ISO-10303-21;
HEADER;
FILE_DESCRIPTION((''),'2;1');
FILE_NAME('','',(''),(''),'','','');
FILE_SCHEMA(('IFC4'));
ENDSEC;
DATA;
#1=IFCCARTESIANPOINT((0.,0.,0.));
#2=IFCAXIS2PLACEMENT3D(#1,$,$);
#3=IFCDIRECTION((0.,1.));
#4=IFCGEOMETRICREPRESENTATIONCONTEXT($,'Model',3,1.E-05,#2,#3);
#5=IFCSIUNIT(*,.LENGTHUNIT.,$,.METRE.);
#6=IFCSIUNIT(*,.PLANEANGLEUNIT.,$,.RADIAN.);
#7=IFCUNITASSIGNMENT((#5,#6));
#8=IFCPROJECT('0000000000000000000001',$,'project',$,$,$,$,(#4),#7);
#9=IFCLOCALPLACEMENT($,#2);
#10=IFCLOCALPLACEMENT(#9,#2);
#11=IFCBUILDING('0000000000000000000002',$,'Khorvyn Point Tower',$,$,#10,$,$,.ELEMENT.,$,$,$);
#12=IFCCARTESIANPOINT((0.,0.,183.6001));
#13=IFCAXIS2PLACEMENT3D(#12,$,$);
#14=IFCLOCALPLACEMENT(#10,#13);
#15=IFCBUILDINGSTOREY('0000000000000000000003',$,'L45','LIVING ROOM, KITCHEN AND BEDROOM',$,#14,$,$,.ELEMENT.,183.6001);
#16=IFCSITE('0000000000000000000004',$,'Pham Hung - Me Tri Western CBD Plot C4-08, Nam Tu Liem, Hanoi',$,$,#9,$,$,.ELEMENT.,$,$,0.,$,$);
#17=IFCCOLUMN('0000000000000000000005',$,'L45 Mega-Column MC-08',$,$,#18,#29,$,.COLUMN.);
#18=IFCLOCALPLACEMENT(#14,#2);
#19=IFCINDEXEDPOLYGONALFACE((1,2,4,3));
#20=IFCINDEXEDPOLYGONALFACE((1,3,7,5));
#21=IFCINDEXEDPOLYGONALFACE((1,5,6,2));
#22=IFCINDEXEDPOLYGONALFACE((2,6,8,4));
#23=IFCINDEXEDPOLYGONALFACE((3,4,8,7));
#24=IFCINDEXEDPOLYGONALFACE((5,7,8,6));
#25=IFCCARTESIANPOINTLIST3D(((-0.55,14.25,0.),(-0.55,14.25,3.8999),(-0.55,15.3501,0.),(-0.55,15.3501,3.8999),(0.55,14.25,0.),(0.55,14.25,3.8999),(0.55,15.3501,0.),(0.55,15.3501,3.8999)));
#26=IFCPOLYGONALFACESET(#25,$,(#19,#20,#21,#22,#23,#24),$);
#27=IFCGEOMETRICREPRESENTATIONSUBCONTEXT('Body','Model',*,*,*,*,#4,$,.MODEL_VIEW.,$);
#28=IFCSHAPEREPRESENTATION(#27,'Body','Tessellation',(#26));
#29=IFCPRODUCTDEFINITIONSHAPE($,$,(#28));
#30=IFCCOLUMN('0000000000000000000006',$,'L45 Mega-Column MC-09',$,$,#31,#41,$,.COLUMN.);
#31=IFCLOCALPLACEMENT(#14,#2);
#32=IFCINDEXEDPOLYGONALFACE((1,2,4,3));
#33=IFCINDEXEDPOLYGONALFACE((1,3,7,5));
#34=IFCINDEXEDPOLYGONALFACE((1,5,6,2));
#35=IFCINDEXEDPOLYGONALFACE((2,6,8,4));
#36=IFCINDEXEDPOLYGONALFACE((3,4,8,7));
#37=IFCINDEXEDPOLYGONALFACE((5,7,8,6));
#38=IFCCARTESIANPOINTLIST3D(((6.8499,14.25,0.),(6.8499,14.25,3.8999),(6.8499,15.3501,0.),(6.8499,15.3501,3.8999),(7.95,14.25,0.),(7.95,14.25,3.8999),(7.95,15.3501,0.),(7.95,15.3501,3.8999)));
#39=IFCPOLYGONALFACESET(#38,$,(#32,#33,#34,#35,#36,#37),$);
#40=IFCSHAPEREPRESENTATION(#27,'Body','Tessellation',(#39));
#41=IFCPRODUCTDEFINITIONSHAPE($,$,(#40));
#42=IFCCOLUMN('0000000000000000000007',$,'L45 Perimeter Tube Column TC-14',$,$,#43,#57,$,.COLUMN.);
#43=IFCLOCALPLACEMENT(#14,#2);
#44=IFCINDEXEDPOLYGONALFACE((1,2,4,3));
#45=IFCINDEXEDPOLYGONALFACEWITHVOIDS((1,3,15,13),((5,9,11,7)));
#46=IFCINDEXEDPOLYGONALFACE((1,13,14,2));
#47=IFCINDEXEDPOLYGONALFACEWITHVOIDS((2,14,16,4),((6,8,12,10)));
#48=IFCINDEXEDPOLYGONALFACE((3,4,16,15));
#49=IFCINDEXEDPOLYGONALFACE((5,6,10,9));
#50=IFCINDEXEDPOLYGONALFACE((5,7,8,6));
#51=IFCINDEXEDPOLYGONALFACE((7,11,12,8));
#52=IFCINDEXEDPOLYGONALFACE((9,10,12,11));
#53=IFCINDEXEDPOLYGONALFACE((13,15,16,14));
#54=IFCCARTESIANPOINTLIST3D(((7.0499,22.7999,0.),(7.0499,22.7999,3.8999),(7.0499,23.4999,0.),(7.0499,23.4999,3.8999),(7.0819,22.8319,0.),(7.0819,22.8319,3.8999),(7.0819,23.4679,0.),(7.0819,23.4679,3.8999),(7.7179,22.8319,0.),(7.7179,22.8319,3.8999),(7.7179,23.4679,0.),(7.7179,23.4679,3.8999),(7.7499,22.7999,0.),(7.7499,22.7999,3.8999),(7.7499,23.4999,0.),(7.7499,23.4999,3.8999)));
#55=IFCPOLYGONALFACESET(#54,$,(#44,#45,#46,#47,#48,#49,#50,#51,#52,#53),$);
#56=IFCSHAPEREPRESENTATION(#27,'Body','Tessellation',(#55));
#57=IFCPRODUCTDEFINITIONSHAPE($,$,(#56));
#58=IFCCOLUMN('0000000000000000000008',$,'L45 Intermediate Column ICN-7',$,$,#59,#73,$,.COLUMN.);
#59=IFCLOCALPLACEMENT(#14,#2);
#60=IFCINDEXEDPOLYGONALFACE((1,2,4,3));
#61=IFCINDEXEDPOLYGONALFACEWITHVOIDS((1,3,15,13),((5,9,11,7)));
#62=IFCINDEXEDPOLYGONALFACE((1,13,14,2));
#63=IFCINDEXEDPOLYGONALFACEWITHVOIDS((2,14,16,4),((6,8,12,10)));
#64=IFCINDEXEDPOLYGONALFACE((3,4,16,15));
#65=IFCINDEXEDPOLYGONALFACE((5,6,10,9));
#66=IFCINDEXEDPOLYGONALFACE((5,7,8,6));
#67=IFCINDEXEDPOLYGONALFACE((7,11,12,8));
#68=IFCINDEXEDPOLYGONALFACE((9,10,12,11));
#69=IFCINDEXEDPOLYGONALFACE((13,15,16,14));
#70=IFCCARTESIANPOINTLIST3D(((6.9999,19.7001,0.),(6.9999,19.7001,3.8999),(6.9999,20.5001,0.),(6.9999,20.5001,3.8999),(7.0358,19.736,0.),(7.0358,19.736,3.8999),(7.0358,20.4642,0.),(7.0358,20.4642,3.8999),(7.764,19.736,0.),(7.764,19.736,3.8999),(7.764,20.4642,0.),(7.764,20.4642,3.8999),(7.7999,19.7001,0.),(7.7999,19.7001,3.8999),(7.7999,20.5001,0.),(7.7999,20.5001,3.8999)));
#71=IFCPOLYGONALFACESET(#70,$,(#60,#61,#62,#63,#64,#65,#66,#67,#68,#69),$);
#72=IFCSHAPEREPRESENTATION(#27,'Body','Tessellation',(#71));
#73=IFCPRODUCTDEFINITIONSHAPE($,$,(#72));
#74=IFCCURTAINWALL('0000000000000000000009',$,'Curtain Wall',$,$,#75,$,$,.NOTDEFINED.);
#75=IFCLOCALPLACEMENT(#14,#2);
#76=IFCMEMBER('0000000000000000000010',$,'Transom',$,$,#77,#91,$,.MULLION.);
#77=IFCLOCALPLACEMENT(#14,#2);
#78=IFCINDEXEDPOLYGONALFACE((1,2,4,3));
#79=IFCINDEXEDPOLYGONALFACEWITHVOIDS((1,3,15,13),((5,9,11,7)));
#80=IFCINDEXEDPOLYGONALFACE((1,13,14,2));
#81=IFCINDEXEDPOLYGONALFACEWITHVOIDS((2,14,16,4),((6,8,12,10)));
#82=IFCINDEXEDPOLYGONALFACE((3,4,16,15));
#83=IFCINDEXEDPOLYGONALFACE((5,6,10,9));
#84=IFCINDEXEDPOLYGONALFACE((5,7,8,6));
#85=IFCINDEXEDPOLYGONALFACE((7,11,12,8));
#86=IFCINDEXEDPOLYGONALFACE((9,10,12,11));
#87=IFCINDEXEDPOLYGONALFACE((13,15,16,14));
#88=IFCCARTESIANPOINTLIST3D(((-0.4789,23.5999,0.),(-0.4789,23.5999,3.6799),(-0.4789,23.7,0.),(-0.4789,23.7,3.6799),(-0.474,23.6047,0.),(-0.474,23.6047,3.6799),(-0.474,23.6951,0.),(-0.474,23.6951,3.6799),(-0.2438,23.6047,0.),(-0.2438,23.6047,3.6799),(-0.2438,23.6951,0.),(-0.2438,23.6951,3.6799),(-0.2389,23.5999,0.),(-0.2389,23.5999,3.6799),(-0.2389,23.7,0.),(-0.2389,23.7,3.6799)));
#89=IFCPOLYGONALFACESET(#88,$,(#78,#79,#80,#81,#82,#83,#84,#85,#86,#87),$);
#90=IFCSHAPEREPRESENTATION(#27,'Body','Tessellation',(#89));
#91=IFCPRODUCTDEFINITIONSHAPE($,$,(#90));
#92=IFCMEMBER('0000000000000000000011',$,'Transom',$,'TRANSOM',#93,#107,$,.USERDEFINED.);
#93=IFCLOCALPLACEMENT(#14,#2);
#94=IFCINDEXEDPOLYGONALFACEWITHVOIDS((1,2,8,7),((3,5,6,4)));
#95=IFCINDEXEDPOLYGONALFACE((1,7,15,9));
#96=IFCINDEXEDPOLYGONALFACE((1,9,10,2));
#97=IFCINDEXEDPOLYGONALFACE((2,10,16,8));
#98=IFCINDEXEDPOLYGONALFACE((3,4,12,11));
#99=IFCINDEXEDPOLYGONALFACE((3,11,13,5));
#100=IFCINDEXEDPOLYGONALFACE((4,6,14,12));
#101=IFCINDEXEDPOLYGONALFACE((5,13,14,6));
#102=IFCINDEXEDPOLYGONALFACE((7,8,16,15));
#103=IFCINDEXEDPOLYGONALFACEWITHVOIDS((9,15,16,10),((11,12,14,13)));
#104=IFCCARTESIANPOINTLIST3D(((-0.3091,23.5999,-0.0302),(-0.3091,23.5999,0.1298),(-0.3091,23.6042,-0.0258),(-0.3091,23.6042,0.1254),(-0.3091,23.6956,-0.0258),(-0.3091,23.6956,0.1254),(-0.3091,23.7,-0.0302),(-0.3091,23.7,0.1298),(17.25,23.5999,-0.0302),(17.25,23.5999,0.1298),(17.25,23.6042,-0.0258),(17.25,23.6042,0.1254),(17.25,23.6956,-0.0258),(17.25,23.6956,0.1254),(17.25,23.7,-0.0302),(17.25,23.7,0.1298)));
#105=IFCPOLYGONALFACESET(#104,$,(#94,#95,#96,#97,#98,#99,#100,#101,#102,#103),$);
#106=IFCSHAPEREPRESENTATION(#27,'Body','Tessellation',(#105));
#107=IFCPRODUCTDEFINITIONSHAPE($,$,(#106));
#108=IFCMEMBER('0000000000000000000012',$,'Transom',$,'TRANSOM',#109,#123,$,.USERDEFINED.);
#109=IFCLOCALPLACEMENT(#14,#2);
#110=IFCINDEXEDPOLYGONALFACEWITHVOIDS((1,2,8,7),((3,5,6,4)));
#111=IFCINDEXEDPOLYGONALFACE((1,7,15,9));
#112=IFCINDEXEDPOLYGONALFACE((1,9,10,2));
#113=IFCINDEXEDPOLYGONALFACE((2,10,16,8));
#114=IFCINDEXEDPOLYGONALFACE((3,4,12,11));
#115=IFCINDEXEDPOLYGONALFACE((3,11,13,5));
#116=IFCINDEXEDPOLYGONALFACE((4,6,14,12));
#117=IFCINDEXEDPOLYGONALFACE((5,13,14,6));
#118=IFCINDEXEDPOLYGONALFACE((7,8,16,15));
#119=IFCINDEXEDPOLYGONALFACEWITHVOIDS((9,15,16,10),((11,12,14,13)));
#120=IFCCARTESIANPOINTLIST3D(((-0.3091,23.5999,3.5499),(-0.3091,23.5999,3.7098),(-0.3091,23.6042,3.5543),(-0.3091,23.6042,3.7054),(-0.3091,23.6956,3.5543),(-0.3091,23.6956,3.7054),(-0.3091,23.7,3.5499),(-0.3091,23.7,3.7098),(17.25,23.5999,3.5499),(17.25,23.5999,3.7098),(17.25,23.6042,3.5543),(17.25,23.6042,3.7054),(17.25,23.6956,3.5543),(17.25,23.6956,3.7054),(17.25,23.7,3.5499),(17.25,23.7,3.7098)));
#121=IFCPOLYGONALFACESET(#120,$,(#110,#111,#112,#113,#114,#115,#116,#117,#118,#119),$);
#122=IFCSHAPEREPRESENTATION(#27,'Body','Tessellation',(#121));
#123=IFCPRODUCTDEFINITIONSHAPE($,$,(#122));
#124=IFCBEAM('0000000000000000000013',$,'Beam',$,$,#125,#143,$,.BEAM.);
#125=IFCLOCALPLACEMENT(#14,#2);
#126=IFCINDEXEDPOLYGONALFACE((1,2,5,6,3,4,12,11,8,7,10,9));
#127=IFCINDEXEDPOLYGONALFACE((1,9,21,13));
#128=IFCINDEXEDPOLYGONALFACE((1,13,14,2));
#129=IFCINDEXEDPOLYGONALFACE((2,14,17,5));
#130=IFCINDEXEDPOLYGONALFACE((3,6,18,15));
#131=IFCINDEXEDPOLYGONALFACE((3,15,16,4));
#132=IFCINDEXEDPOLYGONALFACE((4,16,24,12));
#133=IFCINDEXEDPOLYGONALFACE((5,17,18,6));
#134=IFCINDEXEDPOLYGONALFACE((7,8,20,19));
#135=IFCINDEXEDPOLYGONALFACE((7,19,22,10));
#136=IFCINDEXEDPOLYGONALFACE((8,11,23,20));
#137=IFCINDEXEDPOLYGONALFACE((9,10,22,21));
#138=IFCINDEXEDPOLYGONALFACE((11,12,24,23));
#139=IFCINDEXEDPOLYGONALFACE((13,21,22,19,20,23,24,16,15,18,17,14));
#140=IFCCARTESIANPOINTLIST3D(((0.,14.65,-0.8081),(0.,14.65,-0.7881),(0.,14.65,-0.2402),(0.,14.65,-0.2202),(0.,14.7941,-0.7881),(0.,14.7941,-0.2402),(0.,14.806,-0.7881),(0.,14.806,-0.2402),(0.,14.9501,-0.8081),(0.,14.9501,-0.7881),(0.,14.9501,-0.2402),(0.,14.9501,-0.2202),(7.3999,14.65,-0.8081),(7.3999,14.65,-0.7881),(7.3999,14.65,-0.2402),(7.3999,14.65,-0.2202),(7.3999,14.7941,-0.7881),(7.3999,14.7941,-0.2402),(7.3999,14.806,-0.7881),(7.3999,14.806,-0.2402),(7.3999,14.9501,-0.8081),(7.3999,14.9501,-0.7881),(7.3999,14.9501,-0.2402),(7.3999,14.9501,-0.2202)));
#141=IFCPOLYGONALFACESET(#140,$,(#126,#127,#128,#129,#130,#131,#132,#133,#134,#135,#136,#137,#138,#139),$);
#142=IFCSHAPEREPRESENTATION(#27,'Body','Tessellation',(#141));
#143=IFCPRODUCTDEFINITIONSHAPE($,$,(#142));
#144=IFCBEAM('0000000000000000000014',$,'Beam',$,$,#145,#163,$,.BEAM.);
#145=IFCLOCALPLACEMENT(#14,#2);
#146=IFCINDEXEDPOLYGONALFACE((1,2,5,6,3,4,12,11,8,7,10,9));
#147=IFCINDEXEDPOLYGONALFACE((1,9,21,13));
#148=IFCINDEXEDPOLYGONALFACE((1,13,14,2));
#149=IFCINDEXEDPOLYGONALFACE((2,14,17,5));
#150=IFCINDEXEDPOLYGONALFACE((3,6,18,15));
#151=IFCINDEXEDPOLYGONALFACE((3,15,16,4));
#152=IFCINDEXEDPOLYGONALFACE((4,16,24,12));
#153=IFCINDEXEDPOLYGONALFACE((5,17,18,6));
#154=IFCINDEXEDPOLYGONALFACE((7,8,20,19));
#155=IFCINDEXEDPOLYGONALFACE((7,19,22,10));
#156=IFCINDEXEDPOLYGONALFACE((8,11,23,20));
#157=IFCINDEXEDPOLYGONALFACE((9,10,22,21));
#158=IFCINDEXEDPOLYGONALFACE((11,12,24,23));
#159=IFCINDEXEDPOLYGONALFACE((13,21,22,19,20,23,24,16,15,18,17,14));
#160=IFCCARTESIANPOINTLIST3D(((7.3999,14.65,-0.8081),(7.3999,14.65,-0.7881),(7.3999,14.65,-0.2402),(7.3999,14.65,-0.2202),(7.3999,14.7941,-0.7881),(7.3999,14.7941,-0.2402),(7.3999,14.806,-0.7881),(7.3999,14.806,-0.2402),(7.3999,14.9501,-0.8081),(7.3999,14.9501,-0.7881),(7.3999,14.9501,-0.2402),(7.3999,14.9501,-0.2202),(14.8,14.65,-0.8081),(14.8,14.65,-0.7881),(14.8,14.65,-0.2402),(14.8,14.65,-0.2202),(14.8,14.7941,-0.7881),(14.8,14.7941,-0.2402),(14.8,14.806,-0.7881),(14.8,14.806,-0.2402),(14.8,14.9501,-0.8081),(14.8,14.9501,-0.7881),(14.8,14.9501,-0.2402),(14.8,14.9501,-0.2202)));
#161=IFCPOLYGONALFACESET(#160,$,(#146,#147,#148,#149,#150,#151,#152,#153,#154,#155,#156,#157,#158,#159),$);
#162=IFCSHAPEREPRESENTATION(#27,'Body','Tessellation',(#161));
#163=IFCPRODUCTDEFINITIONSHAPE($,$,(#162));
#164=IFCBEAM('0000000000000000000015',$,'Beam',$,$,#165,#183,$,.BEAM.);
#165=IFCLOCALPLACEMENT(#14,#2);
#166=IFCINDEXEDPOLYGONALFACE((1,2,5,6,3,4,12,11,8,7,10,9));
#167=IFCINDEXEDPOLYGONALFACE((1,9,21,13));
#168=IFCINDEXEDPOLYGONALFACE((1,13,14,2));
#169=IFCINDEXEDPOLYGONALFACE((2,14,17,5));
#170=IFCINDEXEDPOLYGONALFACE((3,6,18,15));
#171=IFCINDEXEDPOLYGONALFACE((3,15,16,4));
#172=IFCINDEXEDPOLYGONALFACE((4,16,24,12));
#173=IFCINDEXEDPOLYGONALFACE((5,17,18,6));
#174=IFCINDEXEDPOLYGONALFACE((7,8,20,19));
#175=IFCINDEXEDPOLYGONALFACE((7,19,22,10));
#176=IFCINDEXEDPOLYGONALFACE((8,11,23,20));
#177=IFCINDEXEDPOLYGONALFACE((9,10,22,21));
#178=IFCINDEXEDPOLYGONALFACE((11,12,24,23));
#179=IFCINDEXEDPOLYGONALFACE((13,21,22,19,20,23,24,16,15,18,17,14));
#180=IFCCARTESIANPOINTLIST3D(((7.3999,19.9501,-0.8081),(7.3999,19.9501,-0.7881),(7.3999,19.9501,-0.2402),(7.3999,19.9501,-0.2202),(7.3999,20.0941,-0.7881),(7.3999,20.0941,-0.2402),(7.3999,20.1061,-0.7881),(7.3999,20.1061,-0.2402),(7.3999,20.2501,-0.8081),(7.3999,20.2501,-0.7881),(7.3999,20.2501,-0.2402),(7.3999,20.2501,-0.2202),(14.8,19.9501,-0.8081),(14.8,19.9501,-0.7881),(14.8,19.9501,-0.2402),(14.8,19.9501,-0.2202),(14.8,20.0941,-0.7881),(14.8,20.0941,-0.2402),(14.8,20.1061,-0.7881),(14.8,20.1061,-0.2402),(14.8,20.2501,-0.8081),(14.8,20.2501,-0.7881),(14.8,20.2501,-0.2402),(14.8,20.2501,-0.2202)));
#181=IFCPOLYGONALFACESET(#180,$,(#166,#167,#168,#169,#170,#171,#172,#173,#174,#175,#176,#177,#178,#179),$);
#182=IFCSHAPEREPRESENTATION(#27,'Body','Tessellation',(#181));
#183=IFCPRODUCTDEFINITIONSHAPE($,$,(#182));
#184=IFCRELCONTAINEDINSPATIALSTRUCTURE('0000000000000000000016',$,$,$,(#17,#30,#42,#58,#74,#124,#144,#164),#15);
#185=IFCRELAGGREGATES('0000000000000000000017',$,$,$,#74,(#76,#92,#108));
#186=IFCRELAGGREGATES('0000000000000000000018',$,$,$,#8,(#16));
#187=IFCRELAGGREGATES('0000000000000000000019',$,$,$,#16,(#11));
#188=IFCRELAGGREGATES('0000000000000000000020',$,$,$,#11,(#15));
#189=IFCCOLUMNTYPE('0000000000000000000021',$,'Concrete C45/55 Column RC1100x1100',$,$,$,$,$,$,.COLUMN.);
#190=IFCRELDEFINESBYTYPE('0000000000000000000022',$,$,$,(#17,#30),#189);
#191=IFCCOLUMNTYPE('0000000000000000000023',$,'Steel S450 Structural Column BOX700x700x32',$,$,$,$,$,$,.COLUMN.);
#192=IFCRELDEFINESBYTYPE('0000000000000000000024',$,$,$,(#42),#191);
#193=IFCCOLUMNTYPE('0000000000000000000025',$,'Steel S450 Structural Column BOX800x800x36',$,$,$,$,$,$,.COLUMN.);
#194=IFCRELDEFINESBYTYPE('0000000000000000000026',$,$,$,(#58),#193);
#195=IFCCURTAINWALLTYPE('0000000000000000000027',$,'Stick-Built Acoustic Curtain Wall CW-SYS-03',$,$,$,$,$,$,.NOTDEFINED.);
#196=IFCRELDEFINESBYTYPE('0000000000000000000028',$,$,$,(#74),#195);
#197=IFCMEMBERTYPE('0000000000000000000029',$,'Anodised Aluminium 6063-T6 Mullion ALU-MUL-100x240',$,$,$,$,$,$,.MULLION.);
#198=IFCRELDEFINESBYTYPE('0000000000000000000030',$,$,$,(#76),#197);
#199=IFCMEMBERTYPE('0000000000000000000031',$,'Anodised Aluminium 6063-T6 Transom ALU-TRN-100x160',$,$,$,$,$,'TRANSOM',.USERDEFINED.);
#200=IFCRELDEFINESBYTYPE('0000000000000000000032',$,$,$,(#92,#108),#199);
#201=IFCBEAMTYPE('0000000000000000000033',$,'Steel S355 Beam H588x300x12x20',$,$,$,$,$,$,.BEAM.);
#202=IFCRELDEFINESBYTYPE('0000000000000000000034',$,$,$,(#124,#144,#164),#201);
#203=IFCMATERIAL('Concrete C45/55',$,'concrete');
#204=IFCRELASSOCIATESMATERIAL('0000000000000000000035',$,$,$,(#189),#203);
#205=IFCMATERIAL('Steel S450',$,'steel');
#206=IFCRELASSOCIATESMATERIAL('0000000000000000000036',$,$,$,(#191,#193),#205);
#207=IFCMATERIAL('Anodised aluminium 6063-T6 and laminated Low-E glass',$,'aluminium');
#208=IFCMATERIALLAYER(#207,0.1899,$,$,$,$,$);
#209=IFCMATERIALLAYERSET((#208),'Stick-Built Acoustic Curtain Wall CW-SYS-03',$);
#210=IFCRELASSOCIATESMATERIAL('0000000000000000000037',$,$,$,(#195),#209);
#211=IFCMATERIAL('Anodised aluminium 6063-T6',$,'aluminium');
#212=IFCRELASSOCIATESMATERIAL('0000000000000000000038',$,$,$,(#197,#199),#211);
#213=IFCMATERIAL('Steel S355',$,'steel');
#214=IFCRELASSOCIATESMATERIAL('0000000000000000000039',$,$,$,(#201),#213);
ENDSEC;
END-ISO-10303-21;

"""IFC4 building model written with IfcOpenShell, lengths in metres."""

from ifc_helpers import new_model, si_unit, direction, frame, origin, origin_2d, place, context, subcontext, project, spatial, rectangle, hollow_rectangle, i_section, extrude, material, layer, layer_set, material_profile, profile_set, type_object, element, aggregate, save


model = new_model("IFC4")

# Units and contexts
model_context = context("Model", 3, precision=1e-05, world=origin(), true_north=direction((0.0, 1.0)))
body_context = subcontext(model_context, "Body", "Model", "MODEL_VIEW")
ifc_project = project(units=[si_unit("LENGTHUNIT", "METRE"), si_unit("PLANEANGLEUNIT", "RADIAN")], contexts=[model_context])

# Site, building, storey
site_placement = place(None, origin())
site = spatial("IfcSite", under=ifc_project, at=site_placement, Name="Pham Hung - Me Tri Western CBD Plot C4-08, Nam Tu Liem, Hanoi", CompositionType="ELEMENT", RefElevation=0.0)
building_placement = place(site_placement, origin())
building = spatial("IfcBuilding", under=site, at=building_placement, Name="Khorvyn Point Tower", CompositionType="ELEMENT")
storey_placement = place(building_placement, frame((0.0, 0.0, 183.6001)))
storey = spatial("IfcBuildingStorey", under=building, at=storey_placement, Name="L45", Description="LIVING ROOM, KITCHEN AND BEDROOM", CompositionType="ELEMENT", Elevation=183.6001)

# Columns
ifc_material_1 = material(Name="Concrete C45/55", Category="concrete")
ifc_material_profile_1 = material_profile(ifc_material_1, rectangle(XDim=1.1001, YDim=1.1001, at=origin_2d()))
ifc_profile_set_1 = profile_set([ifc_material_profile_1], Name="Concrete C45/55 RC1100x1100")
column_type_1 = type_object("IfcColumnType", Name="Concrete C45/55 Column RC1100x1100", PredefinedType="COLUMN", material=ifc_profile_set_1)
for number, where, z_axis, x_axis, name in (
    (1, (0.0, 14.8, 0.0), (0.0, 0.0, 1.0), (1.0, 0.0, 0.0), "L45 Mega-Column MC-08"),
    (2, (7.3999, 14.8, 0.0), (0.0, 0.0, 1.0), (1.0, 0.0, 0.0), "L45 Mega-Column MC-09"),
):
    element("IfcColumn", number, at=place(storey_placement, frame(where, z_axis=z_axis, x_axis=x_axis)), inside=storey, type_object=column_type_1, Name=name, PredefinedType="COLUMN", context=body_context, shape_type="SweptSolid", body=[
        extrude(rectangle(XDim=1.1001, YDim=1.1001, at=origin_2d()), origin(), (0.0, 0.0, 1.0), 3.8999),
    ])
ifc_material_2 = material(Name="Steel S450", Category="steel")
ifc_material_profile_2 = material_profile(ifc_material_2, hollow_rectangle(XDim=0.7, YDim=0.7, WallThickness=0.032, at=origin_2d()))
ifc_profile_set_2 = profile_set([ifc_material_profile_2], Name="Steel S450 BOX700x700x32")
column_type_2 = type_object("IfcColumnType", Name="Steel S450 Structural Column BOX700x700x32", PredefinedType="COLUMN", material=ifc_profile_set_2)
column_1_placement = place(storey_placement, frame((7.3999, 23.1499, 0.0), z_axis=(0.0, 0.0, 1.0), x_axis=(1.0, 0.0, 0.0)))
element("IfcColumn", 3, at=column_1_placement, inside=storey, type_object=column_type_2, Name="L45 Perimeter Tube Column TC-14", PredefinedType="COLUMN", context=body_context, shape_type="SweptSolid", body=[
    extrude(hollow_rectangle(XDim=0.7, YDim=0.7, WallThickness=0.032, at=origin_2d()), origin(), (0.0, 0.0, 1.0), 3.8999),
])
ifc_material_profile_3 = material_profile(ifc_material_2, hollow_rectangle(XDim=0.8, YDim=0.8, WallThickness=0.0359, at=origin_2d()))
ifc_profile_set_3 = profile_set([ifc_material_profile_3], Name="Steel S450 BOX800x800x36")
column_type_3 = type_object("IfcColumnType", Name="Steel S450 Structural Column BOX800x800x36", PredefinedType="COLUMN", material=ifc_profile_set_3)
column_2_placement = place(storey_placement, frame((7.3999, 20.1001, 0.0), z_axis=(0.0, 0.0, 1.0), x_axis=(1.0, 0.0, 0.0)))
element("IfcColumn", 4, at=column_2_placement, inside=storey, type_object=column_type_3, Name="L45 Intermediate Column ICN-7", PredefinedType="COLUMN", context=body_context, shape_type="SweptSolid", body=[
    extrude(hollow_rectangle(XDim=0.8, YDim=0.8, WallThickness=0.0359, at=origin_2d()), origin(), (0.0, 0.0, 1.0), 3.8999),
])

# Curtain wall, members
ifc_material_3 = material(Name="Anodised aluminium 6063-T6 and laminated Low-E glass", Category="aluminium")
ifc_layer_1 = layer(ifc_material_3, 0.1899)
ifc_layer_set_1 = layer_set([ifc_layer_1], Name="Stick-Built Acoustic Curtain Wall CW-SYS-03")
curtain_wall_type = type_object("IfcCurtainWallType", Name="Stick-Built Acoustic Curtain Wall CW-SYS-03", PredefinedType="NOTDEFINED", material=ifc_layer_set_1)
curtain_wall_placement = place(storey_placement, origin())
curtain_wall = element("IfcCurtainWall", 5, at=curtain_wall_placement, inside=storey, type_object=curtain_wall_type, Name="Curtain Wall", PredefinedType="NOTDEFINED")
ifc_material_4 = material(Name="Anodised aluminium 6063-T6", Category="aluminium")
ifc_material_profile_4 = material_profile(ifc_material_4, hollow_rectangle(XDim=0.1001, YDim=0.24, WallThickness=0.0049, at=origin_2d()))
ifc_profile_set_4 = profile_set([ifc_material_profile_4], Name="Anodised aluminium 6063-T6 ALU-MUL-100x240")
member_type_1 = type_object("IfcMemberType", Name="Anodised Aluminium 6063-T6 Mullion ALU-MUL-100x240", PredefinedType="MULLION", material=ifc_profile_set_4)
member_1_placement = place(storey_placement, frame((-0.3589, 23.6499, 0.0), z_axis=(0.0, 0.0, 1.0), x_axis=(0.0, 1.0, 0.0)))
member_1 = element("IfcMember", 6, at=member_1_placement, type_object=member_type_1, Name="Transom", PredefinedType="MULLION", context=body_context, shape_type="SweptSolid", body=[
    extrude(hollow_rectangle(XDim=0.1001, YDim=0.24, WallThickness=0.0049, at=origin_2d()), origin(), (0.0, 0.0, 1.0), 3.6799),
])
ifc_material_profile_5 = material_profile(ifc_material_4, hollow_rectangle(XDim=0.1001, YDim=0.1599, WallThickness=0.0044, at=origin_2d()))
ifc_profile_set_5 = profile_set([ifc_material_profile_5], Name="Anodised aluminium 6063-T6 ALU-TRN-100x160")
member_type_2 = type_object("IfcMemberType", Name="Anodised Aluminium 6063-T6 Transom ALU-TRN-100x160", ElementType="TRANSOM", PredefinedType="USERDEFINED", material=ifc_profile_set_5)
member_2_placement = place(storey_placement, frame((-0.3091, 23.6499, 0.0498), z_axis=(1.0, 0.0, 0.0), x_axis=(0.0, 1.0, 0.0)))
member_2 = element("IfcMember", 7, at=member_2_placement, type_object=member_type_2, Name="Transom", ObjectType="TRANSOM", PredefinedType="USERDEFINED", context=body_context, shape_type="SweptSolid", body=[
    extrude(hollow_rectangle(XDim=0.1001, YDim=0.1599, WallThickness=0.0044, at=origin_2d()), origin(), (0.0, 0.0, 1.0), 17.5591),
])
member_3_placement = place(storey_placement, frame((-0.3091, 23.6499, 3.6299), z_axis=(1.0, 0.0, 0.0), x_axis=(0.0, 1.0, 0.0)))
member_3 = element("IfcMember", 8, at=member_3_placement, type_object=member_type_2, Name="Transom", ObjectType="TRANSOM", PredefinedType="USERDEFINED", context=body_context, shape_type="SweptSolid", body=[
    extrude(hollow_rectangle(XDim=0.1001, YDim=0.1599, WallThickness=0.0044, at=origin_2d()), origin(), (0.0, 0.0, 1.0), 17.5591),
])

# Beams
ifc_material_5 = material(Name="Steel S355", Category="steel")
ifc_material_profile_6 = material_profile(ifc_material_5, i_section(OverallWidth=0.3, OverallDepth=0.5879, WebThickness=0.012, FlangeThickness=0.02, at=origin_2d()))
ifc_profile_set_6 = profile_set([ifc_material_profile_6], Name="Steel S355 H588x300x12x20")
beam_type_1 = type_object("IfcBeamType", Name="Steel S355 Beam H588x300x12x20", PredefinedType="BEAM", material=ifc_profile_set_6)
beam_1_placement = place(storey_placement, frame((0.0, 14.8, -0.5142), z_axis=(1.0, 0.0, 0.0), x_axis=(0.0, 1.0, 0.0)))
element("IfcBeam", 9, at=beam_1_placement, inside=storey, type_object=beam_type_1, Name="Beam", PredefinedType="BEAM", context=body_context, shape_type="SweptSolid", body=[
    extrude(i_section(OverallWidth=0.3, OverallDepth=0.5879, WebThickness=0.012, FlangeThickness=0.02, at=origin_2d()), origin(), (0.0, 0.0, 1.0), 7.3999),
])
for number, where, z_axis, x_axis, name in (
    (10, (7.3999, 14.8, -0.5142), (1.0, 0.0, 0.0), (0.0, 1.0, 0.0), "Beam"),
    (11, (7.3999, 20.1001, -0.5142), (1.0, 0.0, 0.0), (0.0, 1.0, 0.0), "Beam"),
):
    element("IfcBeam", number, at=place(storey_placement, frame(where, z_axis=z_axis, x_axis=x_axis)), inside=storey, type_object=beam_type_1, Name=name, PredefinedType="BEAM", context=body_context, shape_type="SweptSolid", body=[
        extrude(i_section(OverallWidth=0.3, OverallDepth=0.5879, WebThickness=0.012, FlangeThickness=0.02, at=origin_2d()), origin(), (0.0, 0.0, 1.0), 7.4001),
    ])

aggregate(curtain_wall, [member_1, member_2, member_3])

save(model, "model.ifc")
